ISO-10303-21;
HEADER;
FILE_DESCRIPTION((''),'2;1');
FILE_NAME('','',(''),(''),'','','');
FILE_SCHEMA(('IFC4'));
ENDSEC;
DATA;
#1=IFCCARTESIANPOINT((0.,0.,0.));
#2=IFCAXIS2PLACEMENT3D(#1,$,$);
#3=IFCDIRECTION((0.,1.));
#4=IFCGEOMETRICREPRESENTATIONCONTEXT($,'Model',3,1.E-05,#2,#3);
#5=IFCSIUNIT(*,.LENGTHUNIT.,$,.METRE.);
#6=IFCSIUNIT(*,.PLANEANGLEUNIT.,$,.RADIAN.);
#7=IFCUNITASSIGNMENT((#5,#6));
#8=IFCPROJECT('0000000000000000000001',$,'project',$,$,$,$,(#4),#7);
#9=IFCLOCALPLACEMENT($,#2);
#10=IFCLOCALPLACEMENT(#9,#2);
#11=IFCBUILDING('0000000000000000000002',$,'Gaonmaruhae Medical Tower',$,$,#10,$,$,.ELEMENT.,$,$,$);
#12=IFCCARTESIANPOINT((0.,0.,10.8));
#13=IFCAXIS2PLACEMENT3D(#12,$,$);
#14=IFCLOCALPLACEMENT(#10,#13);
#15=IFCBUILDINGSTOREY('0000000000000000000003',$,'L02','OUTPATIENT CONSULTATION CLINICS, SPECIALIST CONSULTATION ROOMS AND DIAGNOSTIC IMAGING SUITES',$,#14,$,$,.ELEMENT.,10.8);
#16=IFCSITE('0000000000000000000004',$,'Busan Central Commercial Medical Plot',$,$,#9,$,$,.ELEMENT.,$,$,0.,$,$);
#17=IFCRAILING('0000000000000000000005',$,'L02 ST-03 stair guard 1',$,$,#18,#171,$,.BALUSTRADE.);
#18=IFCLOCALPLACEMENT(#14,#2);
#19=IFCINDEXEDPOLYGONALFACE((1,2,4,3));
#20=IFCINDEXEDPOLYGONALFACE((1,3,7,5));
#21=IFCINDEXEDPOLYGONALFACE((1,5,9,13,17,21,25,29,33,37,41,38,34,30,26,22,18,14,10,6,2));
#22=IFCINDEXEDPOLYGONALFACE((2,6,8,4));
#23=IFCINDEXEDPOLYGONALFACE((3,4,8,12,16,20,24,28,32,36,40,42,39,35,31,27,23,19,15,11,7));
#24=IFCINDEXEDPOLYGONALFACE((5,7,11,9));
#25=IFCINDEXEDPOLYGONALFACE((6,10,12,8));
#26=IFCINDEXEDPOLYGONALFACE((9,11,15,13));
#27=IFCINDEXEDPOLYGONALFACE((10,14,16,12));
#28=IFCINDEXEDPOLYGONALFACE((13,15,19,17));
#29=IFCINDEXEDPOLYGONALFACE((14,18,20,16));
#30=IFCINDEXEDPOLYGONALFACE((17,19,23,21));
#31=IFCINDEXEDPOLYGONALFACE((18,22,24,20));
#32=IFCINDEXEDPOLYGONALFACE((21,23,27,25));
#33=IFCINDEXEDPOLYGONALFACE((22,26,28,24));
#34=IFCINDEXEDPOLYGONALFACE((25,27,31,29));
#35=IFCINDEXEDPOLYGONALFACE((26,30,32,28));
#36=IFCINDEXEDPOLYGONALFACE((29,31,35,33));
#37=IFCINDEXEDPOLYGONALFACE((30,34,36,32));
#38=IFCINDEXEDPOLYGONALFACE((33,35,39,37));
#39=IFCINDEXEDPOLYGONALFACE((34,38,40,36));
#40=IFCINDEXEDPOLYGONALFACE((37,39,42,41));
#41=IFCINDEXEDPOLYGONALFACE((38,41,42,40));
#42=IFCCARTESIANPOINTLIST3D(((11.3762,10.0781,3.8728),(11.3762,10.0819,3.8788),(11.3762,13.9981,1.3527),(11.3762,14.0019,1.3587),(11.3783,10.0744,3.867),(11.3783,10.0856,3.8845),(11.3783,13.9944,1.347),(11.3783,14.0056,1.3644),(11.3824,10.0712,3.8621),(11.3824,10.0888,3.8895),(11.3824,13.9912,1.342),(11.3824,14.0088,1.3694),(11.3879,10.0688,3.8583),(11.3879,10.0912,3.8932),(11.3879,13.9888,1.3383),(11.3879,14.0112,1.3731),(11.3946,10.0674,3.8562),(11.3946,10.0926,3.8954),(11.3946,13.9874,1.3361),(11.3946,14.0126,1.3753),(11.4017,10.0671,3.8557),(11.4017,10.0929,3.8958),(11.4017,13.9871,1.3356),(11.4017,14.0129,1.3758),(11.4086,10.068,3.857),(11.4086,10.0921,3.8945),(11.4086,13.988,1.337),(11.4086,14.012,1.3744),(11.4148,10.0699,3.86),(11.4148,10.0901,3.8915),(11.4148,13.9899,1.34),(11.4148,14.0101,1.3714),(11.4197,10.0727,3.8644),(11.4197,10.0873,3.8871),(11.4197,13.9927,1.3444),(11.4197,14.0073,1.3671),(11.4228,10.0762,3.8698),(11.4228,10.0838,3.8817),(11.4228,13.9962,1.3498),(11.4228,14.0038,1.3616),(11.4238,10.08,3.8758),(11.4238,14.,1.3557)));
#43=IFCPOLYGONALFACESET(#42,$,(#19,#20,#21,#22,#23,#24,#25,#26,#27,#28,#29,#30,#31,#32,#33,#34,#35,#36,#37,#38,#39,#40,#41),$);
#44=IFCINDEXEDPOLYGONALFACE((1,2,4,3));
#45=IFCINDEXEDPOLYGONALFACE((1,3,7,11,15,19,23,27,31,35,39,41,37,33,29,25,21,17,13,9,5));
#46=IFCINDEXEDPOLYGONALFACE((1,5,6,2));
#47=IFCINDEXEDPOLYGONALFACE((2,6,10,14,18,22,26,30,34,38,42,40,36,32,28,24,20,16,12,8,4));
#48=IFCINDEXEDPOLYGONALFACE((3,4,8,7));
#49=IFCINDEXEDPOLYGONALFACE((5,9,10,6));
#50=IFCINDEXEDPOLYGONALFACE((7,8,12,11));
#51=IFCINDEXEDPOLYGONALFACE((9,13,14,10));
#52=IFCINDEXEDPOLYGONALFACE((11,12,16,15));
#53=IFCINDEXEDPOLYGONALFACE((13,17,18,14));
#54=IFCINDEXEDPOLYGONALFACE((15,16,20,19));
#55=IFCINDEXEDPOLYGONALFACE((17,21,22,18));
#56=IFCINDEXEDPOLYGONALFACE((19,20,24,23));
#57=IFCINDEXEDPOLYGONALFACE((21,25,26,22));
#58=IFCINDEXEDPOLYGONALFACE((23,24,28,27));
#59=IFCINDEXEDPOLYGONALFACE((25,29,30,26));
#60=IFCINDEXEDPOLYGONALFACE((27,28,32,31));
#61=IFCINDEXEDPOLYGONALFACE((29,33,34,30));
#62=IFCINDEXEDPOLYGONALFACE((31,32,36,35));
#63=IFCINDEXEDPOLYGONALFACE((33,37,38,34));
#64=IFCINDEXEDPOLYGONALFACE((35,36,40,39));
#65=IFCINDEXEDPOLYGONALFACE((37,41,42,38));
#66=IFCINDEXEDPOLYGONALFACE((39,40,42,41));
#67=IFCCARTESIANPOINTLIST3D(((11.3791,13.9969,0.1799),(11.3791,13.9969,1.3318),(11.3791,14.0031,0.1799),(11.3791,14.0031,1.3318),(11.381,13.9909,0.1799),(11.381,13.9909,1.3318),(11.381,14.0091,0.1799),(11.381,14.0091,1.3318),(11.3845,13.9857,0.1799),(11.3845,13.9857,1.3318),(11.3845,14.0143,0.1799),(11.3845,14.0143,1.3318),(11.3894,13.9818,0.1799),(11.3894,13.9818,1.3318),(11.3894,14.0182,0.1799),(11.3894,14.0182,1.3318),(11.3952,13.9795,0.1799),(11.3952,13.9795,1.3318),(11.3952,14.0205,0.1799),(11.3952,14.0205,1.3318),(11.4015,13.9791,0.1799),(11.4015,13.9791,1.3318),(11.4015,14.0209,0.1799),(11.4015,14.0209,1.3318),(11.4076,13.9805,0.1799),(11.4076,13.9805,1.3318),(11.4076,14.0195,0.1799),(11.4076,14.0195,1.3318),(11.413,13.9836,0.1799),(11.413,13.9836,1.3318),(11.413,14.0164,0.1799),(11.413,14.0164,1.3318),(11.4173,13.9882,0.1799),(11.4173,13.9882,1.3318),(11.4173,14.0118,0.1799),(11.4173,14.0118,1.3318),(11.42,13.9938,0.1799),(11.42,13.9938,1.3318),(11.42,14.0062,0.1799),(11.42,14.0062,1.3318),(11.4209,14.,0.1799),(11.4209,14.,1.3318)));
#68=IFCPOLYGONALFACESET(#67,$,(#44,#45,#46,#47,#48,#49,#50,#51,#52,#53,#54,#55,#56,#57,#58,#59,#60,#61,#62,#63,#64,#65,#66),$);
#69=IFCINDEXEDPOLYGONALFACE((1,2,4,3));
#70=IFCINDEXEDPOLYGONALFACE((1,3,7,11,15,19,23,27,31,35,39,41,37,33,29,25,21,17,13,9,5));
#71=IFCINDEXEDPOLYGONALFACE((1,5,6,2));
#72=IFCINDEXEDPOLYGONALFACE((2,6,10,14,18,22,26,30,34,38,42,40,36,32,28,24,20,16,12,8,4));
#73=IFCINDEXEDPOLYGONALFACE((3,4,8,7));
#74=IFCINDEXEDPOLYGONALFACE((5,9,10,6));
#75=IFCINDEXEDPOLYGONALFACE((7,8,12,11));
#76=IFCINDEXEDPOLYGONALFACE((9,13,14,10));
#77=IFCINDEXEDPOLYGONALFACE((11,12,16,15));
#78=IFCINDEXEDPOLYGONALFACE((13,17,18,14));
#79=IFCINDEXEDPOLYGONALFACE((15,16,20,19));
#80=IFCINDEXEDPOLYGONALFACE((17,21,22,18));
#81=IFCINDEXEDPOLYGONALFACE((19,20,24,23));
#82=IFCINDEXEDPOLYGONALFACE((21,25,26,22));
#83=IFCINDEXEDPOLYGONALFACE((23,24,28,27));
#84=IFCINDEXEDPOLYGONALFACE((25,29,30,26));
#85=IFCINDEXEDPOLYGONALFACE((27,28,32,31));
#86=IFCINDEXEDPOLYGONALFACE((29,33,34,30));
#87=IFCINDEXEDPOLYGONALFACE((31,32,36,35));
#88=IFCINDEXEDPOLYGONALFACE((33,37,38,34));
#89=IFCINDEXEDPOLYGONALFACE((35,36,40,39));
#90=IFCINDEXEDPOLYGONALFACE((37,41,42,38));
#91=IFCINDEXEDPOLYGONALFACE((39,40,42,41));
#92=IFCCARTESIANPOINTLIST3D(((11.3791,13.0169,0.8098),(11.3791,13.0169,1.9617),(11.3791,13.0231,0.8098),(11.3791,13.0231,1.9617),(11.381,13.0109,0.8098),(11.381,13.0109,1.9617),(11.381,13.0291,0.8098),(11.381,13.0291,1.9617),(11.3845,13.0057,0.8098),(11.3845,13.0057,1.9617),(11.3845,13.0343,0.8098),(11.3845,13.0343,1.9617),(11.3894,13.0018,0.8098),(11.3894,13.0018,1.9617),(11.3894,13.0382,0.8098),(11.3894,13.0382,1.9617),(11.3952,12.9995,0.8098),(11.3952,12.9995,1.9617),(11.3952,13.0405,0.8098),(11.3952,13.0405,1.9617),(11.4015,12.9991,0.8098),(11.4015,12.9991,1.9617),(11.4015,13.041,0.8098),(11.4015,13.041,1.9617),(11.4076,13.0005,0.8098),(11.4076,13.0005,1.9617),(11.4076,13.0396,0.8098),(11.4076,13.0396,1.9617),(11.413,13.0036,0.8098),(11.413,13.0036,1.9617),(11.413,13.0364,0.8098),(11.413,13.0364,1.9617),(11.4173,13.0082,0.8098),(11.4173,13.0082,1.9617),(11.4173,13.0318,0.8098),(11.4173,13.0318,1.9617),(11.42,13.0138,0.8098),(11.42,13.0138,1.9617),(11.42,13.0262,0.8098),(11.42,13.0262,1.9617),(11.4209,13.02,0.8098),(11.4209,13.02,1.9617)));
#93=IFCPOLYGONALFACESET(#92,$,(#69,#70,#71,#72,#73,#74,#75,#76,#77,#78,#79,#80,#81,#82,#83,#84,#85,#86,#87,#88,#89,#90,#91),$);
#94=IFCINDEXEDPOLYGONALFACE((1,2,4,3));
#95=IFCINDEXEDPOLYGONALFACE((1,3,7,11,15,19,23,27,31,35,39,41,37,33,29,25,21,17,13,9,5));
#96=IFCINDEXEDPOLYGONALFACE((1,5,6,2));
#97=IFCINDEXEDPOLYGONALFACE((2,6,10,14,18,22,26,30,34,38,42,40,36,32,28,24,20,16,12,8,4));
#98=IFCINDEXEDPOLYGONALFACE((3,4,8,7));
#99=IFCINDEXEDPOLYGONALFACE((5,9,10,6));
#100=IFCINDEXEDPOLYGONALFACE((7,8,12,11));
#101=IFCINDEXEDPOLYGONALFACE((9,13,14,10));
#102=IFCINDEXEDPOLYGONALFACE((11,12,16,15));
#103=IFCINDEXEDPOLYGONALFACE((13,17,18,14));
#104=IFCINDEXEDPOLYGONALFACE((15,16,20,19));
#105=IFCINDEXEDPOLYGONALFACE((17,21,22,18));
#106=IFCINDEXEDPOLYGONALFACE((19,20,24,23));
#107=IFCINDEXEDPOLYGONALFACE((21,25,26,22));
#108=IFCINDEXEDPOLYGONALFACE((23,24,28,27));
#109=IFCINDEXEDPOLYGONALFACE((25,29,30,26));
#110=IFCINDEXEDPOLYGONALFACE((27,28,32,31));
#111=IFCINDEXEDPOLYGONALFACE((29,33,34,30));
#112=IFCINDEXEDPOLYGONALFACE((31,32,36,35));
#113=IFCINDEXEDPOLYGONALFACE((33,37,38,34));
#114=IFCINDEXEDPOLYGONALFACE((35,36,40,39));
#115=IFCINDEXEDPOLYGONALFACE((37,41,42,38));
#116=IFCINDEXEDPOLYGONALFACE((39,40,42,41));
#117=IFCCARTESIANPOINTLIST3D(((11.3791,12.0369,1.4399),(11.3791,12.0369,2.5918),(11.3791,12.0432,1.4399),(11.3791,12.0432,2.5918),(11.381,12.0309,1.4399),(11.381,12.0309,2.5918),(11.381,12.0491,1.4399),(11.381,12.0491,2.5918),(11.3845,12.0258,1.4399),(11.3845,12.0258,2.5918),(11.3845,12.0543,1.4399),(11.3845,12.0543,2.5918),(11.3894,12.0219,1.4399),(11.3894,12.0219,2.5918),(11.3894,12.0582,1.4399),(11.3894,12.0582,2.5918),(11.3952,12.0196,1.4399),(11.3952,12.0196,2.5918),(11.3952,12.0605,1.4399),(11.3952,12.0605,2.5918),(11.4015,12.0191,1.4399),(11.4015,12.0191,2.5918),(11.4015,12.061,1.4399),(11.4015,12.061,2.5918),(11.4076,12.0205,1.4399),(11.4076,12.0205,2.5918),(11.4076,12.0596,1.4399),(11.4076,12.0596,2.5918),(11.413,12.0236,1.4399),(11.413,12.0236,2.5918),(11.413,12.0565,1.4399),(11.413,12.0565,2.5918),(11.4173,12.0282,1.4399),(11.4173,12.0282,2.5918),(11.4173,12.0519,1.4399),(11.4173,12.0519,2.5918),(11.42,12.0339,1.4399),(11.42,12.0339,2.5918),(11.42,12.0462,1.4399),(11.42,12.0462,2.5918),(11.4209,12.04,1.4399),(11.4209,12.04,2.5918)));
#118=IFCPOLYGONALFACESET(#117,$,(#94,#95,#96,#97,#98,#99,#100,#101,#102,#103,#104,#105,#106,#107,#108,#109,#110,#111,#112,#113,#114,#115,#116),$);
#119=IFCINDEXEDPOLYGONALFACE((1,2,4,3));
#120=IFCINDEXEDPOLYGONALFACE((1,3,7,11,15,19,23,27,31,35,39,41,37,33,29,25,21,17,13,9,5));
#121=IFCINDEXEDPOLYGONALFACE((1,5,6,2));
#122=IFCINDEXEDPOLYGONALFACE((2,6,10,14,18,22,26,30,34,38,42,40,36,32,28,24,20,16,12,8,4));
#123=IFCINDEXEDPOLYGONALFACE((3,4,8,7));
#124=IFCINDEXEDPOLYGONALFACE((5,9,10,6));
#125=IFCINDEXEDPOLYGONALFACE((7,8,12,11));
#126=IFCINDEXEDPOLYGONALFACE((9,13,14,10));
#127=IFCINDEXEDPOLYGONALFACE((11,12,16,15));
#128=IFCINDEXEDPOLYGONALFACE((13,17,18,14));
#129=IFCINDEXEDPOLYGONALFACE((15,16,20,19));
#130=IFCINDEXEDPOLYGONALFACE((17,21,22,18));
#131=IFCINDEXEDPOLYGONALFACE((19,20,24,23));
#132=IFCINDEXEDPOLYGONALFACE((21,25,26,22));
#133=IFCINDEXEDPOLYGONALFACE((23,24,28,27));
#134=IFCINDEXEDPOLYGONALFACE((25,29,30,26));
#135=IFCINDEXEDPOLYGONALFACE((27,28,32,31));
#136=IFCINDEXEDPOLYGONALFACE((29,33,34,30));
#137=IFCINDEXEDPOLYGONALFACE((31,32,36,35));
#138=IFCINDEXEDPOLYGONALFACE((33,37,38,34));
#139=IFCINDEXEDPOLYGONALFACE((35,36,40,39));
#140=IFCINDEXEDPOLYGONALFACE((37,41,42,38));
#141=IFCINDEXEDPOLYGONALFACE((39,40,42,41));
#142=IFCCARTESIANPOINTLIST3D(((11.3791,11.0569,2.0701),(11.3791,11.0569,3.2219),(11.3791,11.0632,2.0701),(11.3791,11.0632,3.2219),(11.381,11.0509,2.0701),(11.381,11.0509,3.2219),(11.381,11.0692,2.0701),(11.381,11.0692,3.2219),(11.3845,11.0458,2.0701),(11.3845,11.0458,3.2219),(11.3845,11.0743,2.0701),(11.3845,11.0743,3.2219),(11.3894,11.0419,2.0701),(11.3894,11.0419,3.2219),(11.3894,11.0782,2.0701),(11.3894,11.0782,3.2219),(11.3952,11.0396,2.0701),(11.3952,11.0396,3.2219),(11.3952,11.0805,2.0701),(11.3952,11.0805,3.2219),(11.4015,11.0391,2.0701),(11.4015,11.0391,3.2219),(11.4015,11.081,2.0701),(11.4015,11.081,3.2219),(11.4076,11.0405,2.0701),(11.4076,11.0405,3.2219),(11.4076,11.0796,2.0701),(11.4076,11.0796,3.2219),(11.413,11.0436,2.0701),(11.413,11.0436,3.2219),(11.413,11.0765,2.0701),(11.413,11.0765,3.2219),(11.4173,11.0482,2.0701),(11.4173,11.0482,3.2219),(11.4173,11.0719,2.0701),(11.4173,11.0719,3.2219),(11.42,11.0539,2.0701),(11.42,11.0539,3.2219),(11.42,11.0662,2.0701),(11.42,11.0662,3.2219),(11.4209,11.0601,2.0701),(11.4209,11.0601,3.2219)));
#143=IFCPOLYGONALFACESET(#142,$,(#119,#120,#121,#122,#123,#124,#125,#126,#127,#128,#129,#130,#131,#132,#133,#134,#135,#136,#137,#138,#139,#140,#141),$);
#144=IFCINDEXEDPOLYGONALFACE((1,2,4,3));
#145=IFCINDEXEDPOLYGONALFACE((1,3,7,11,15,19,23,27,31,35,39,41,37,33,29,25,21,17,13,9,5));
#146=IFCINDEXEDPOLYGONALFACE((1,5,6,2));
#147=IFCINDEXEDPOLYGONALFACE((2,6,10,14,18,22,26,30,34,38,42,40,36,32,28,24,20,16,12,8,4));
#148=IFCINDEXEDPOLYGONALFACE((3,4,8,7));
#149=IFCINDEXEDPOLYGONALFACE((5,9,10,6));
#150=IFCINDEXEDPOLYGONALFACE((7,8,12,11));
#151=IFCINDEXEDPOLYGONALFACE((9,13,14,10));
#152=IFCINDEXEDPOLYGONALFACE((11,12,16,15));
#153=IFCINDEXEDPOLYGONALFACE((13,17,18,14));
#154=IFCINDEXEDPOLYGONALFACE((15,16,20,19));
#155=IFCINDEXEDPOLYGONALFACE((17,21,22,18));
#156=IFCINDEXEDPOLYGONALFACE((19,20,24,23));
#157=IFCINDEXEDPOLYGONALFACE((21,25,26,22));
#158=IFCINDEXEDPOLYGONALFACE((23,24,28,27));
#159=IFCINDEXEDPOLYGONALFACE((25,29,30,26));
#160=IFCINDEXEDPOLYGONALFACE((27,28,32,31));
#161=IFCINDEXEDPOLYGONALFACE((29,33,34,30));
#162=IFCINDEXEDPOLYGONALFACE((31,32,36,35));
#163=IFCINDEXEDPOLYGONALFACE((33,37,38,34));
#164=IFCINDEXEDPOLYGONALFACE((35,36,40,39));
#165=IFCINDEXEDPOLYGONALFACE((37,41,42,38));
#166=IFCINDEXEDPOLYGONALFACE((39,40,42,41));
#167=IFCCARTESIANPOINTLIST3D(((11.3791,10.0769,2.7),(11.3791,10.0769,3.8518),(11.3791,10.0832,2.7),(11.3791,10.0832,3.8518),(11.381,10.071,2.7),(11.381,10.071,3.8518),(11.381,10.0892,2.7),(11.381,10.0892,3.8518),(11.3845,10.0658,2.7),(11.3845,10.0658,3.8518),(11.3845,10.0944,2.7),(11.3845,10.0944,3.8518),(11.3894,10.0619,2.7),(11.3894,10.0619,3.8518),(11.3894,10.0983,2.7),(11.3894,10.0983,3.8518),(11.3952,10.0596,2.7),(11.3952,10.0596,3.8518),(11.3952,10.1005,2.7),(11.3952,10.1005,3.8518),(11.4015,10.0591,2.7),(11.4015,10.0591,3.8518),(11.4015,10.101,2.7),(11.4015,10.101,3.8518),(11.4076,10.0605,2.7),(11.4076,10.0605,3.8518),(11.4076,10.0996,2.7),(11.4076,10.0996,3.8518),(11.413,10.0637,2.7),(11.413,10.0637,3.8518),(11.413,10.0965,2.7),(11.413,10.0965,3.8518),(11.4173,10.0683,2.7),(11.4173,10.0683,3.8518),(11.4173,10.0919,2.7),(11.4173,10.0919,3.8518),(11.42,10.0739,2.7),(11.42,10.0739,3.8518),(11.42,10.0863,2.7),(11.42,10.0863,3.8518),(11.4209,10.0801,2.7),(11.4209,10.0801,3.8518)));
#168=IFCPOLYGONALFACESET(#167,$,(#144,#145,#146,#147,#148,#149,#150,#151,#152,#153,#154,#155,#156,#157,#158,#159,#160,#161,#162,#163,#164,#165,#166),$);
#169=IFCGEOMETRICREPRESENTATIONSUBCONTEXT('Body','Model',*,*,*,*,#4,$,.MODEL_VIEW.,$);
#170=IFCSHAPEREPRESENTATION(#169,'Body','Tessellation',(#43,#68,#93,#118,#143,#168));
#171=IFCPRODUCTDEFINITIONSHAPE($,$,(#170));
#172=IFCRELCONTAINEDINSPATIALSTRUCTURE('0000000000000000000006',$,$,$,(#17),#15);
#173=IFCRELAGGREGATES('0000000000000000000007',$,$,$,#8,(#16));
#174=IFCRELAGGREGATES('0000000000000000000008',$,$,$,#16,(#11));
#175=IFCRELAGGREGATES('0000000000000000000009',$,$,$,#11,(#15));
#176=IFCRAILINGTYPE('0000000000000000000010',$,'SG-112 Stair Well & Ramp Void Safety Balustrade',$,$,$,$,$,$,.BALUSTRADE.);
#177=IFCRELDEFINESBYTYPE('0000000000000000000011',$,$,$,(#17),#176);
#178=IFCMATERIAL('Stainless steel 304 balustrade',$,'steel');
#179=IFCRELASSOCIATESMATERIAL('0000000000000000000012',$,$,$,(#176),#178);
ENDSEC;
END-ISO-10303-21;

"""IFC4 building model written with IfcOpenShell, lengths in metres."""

from ifc_helpers import new_model, si_unit, direction, frame, origin, origin_2d, place, context, subcontext, project, spatial, circle, extrude, material, type_object, element, save


model = new_model("IFC4")

# Units and contexts
model_context = context("Model", 3, precision=1e-05, world=origin(), true_north=direction((0.0, 1.0)))
body_context = subcontext(model_context, "Body", "Model", "MODEL_VIEW")
ifc_project = project(units=[si_unit("LENGTHUNIT", "METRE"), si_unit("PLANEANGLEUNIT", "RADIAN")], contexts=[model_context])

# Site, building, storey
site_placement = place(None, origin())
site = spatial("IfcSite", under=ifc_project, at=site_placement, Name="Busan Central Commercial Medical Plot", CompositionType="ELEMENT", RefElevation=0.0)
building_placement = place(site_placement, origin())
building = spatial("IfcBuilding", under=site, at=building_placement, Name="Gaonmaruhae Medical Tower", CompositionType="ELEMENT")
storey_placement = place(building_placement, frame((0.0, 0.0, 10.8)))
storey = spatial("IfcBuildingStorey", under=building, at=storey_placement, Name="L02", Description="OUTPATIENT CONSULTATION CLINICS, SPECIALIST CONSULTATION ROOMS AND DIAGNOSTIC IMAGING SUITES", CompositionType="ELEMENT", Elevation=10.8)

# Railing
ifc_material_1 = material(Name="Stainless steel 304 balustrade", Category="steel")
railing_type_1 = type_object("IfcRailingType", Name="SG-112 Stair Well & Ramp Void Safety Balustrade", PredefinedType="BALUSTRADE", material=ifc_material_1)
railing_1_placement = place(storey_placement, frame((11.3999, 14.0, 0.1799)))
element("IfcRailing", 1, at=railing_1_placement, inside=storey, type_object=railing_type_1, Name="L02 ST-03 stair guard 1", PredefinedType="BALUSTRADE", context=body_context, shape_type="SweptSolid", body=[
    extrude(circle(Radius=0.0239, at=origin_2d()), frame((0.0, 0.0, 1.1758), z_axis=(0.0, -0.841172, 0.540768), x_axis=(1.0, 0.0, 0.0)), (0.0, 0.0, 1.0), 4.6602),
    extrude(circle(Radius=0.021, at=origin_2d()), origin(), (0.0, 0.0, 1.0), 1.1519),
    extrude(circle(Radius=0.021, at=origin_2d()), frame((0.0, -0.98, 0.6299)), (0.0, 0.0, 1.0), 1.1519),
    extrude(circle(Radius=0.021, at=origin_2d()), frame((0.0, -1.96, 1.26)), (0.0, 0.0, 1.0), 1.1519),
    extrude(circle(Radius=0.021, at=origin_2d()), frame((0.0, -2.9399, 1.8901)), (0.0, 0.0, 1.0), 1.1519),
    extrude(circle(Radius=0.021, at=origin_2d()), frame((0.0, -3.9199, 2.52)), (0.0, 0.0, 1.0), 1.1519),
])

save(model, "model.ifc")
